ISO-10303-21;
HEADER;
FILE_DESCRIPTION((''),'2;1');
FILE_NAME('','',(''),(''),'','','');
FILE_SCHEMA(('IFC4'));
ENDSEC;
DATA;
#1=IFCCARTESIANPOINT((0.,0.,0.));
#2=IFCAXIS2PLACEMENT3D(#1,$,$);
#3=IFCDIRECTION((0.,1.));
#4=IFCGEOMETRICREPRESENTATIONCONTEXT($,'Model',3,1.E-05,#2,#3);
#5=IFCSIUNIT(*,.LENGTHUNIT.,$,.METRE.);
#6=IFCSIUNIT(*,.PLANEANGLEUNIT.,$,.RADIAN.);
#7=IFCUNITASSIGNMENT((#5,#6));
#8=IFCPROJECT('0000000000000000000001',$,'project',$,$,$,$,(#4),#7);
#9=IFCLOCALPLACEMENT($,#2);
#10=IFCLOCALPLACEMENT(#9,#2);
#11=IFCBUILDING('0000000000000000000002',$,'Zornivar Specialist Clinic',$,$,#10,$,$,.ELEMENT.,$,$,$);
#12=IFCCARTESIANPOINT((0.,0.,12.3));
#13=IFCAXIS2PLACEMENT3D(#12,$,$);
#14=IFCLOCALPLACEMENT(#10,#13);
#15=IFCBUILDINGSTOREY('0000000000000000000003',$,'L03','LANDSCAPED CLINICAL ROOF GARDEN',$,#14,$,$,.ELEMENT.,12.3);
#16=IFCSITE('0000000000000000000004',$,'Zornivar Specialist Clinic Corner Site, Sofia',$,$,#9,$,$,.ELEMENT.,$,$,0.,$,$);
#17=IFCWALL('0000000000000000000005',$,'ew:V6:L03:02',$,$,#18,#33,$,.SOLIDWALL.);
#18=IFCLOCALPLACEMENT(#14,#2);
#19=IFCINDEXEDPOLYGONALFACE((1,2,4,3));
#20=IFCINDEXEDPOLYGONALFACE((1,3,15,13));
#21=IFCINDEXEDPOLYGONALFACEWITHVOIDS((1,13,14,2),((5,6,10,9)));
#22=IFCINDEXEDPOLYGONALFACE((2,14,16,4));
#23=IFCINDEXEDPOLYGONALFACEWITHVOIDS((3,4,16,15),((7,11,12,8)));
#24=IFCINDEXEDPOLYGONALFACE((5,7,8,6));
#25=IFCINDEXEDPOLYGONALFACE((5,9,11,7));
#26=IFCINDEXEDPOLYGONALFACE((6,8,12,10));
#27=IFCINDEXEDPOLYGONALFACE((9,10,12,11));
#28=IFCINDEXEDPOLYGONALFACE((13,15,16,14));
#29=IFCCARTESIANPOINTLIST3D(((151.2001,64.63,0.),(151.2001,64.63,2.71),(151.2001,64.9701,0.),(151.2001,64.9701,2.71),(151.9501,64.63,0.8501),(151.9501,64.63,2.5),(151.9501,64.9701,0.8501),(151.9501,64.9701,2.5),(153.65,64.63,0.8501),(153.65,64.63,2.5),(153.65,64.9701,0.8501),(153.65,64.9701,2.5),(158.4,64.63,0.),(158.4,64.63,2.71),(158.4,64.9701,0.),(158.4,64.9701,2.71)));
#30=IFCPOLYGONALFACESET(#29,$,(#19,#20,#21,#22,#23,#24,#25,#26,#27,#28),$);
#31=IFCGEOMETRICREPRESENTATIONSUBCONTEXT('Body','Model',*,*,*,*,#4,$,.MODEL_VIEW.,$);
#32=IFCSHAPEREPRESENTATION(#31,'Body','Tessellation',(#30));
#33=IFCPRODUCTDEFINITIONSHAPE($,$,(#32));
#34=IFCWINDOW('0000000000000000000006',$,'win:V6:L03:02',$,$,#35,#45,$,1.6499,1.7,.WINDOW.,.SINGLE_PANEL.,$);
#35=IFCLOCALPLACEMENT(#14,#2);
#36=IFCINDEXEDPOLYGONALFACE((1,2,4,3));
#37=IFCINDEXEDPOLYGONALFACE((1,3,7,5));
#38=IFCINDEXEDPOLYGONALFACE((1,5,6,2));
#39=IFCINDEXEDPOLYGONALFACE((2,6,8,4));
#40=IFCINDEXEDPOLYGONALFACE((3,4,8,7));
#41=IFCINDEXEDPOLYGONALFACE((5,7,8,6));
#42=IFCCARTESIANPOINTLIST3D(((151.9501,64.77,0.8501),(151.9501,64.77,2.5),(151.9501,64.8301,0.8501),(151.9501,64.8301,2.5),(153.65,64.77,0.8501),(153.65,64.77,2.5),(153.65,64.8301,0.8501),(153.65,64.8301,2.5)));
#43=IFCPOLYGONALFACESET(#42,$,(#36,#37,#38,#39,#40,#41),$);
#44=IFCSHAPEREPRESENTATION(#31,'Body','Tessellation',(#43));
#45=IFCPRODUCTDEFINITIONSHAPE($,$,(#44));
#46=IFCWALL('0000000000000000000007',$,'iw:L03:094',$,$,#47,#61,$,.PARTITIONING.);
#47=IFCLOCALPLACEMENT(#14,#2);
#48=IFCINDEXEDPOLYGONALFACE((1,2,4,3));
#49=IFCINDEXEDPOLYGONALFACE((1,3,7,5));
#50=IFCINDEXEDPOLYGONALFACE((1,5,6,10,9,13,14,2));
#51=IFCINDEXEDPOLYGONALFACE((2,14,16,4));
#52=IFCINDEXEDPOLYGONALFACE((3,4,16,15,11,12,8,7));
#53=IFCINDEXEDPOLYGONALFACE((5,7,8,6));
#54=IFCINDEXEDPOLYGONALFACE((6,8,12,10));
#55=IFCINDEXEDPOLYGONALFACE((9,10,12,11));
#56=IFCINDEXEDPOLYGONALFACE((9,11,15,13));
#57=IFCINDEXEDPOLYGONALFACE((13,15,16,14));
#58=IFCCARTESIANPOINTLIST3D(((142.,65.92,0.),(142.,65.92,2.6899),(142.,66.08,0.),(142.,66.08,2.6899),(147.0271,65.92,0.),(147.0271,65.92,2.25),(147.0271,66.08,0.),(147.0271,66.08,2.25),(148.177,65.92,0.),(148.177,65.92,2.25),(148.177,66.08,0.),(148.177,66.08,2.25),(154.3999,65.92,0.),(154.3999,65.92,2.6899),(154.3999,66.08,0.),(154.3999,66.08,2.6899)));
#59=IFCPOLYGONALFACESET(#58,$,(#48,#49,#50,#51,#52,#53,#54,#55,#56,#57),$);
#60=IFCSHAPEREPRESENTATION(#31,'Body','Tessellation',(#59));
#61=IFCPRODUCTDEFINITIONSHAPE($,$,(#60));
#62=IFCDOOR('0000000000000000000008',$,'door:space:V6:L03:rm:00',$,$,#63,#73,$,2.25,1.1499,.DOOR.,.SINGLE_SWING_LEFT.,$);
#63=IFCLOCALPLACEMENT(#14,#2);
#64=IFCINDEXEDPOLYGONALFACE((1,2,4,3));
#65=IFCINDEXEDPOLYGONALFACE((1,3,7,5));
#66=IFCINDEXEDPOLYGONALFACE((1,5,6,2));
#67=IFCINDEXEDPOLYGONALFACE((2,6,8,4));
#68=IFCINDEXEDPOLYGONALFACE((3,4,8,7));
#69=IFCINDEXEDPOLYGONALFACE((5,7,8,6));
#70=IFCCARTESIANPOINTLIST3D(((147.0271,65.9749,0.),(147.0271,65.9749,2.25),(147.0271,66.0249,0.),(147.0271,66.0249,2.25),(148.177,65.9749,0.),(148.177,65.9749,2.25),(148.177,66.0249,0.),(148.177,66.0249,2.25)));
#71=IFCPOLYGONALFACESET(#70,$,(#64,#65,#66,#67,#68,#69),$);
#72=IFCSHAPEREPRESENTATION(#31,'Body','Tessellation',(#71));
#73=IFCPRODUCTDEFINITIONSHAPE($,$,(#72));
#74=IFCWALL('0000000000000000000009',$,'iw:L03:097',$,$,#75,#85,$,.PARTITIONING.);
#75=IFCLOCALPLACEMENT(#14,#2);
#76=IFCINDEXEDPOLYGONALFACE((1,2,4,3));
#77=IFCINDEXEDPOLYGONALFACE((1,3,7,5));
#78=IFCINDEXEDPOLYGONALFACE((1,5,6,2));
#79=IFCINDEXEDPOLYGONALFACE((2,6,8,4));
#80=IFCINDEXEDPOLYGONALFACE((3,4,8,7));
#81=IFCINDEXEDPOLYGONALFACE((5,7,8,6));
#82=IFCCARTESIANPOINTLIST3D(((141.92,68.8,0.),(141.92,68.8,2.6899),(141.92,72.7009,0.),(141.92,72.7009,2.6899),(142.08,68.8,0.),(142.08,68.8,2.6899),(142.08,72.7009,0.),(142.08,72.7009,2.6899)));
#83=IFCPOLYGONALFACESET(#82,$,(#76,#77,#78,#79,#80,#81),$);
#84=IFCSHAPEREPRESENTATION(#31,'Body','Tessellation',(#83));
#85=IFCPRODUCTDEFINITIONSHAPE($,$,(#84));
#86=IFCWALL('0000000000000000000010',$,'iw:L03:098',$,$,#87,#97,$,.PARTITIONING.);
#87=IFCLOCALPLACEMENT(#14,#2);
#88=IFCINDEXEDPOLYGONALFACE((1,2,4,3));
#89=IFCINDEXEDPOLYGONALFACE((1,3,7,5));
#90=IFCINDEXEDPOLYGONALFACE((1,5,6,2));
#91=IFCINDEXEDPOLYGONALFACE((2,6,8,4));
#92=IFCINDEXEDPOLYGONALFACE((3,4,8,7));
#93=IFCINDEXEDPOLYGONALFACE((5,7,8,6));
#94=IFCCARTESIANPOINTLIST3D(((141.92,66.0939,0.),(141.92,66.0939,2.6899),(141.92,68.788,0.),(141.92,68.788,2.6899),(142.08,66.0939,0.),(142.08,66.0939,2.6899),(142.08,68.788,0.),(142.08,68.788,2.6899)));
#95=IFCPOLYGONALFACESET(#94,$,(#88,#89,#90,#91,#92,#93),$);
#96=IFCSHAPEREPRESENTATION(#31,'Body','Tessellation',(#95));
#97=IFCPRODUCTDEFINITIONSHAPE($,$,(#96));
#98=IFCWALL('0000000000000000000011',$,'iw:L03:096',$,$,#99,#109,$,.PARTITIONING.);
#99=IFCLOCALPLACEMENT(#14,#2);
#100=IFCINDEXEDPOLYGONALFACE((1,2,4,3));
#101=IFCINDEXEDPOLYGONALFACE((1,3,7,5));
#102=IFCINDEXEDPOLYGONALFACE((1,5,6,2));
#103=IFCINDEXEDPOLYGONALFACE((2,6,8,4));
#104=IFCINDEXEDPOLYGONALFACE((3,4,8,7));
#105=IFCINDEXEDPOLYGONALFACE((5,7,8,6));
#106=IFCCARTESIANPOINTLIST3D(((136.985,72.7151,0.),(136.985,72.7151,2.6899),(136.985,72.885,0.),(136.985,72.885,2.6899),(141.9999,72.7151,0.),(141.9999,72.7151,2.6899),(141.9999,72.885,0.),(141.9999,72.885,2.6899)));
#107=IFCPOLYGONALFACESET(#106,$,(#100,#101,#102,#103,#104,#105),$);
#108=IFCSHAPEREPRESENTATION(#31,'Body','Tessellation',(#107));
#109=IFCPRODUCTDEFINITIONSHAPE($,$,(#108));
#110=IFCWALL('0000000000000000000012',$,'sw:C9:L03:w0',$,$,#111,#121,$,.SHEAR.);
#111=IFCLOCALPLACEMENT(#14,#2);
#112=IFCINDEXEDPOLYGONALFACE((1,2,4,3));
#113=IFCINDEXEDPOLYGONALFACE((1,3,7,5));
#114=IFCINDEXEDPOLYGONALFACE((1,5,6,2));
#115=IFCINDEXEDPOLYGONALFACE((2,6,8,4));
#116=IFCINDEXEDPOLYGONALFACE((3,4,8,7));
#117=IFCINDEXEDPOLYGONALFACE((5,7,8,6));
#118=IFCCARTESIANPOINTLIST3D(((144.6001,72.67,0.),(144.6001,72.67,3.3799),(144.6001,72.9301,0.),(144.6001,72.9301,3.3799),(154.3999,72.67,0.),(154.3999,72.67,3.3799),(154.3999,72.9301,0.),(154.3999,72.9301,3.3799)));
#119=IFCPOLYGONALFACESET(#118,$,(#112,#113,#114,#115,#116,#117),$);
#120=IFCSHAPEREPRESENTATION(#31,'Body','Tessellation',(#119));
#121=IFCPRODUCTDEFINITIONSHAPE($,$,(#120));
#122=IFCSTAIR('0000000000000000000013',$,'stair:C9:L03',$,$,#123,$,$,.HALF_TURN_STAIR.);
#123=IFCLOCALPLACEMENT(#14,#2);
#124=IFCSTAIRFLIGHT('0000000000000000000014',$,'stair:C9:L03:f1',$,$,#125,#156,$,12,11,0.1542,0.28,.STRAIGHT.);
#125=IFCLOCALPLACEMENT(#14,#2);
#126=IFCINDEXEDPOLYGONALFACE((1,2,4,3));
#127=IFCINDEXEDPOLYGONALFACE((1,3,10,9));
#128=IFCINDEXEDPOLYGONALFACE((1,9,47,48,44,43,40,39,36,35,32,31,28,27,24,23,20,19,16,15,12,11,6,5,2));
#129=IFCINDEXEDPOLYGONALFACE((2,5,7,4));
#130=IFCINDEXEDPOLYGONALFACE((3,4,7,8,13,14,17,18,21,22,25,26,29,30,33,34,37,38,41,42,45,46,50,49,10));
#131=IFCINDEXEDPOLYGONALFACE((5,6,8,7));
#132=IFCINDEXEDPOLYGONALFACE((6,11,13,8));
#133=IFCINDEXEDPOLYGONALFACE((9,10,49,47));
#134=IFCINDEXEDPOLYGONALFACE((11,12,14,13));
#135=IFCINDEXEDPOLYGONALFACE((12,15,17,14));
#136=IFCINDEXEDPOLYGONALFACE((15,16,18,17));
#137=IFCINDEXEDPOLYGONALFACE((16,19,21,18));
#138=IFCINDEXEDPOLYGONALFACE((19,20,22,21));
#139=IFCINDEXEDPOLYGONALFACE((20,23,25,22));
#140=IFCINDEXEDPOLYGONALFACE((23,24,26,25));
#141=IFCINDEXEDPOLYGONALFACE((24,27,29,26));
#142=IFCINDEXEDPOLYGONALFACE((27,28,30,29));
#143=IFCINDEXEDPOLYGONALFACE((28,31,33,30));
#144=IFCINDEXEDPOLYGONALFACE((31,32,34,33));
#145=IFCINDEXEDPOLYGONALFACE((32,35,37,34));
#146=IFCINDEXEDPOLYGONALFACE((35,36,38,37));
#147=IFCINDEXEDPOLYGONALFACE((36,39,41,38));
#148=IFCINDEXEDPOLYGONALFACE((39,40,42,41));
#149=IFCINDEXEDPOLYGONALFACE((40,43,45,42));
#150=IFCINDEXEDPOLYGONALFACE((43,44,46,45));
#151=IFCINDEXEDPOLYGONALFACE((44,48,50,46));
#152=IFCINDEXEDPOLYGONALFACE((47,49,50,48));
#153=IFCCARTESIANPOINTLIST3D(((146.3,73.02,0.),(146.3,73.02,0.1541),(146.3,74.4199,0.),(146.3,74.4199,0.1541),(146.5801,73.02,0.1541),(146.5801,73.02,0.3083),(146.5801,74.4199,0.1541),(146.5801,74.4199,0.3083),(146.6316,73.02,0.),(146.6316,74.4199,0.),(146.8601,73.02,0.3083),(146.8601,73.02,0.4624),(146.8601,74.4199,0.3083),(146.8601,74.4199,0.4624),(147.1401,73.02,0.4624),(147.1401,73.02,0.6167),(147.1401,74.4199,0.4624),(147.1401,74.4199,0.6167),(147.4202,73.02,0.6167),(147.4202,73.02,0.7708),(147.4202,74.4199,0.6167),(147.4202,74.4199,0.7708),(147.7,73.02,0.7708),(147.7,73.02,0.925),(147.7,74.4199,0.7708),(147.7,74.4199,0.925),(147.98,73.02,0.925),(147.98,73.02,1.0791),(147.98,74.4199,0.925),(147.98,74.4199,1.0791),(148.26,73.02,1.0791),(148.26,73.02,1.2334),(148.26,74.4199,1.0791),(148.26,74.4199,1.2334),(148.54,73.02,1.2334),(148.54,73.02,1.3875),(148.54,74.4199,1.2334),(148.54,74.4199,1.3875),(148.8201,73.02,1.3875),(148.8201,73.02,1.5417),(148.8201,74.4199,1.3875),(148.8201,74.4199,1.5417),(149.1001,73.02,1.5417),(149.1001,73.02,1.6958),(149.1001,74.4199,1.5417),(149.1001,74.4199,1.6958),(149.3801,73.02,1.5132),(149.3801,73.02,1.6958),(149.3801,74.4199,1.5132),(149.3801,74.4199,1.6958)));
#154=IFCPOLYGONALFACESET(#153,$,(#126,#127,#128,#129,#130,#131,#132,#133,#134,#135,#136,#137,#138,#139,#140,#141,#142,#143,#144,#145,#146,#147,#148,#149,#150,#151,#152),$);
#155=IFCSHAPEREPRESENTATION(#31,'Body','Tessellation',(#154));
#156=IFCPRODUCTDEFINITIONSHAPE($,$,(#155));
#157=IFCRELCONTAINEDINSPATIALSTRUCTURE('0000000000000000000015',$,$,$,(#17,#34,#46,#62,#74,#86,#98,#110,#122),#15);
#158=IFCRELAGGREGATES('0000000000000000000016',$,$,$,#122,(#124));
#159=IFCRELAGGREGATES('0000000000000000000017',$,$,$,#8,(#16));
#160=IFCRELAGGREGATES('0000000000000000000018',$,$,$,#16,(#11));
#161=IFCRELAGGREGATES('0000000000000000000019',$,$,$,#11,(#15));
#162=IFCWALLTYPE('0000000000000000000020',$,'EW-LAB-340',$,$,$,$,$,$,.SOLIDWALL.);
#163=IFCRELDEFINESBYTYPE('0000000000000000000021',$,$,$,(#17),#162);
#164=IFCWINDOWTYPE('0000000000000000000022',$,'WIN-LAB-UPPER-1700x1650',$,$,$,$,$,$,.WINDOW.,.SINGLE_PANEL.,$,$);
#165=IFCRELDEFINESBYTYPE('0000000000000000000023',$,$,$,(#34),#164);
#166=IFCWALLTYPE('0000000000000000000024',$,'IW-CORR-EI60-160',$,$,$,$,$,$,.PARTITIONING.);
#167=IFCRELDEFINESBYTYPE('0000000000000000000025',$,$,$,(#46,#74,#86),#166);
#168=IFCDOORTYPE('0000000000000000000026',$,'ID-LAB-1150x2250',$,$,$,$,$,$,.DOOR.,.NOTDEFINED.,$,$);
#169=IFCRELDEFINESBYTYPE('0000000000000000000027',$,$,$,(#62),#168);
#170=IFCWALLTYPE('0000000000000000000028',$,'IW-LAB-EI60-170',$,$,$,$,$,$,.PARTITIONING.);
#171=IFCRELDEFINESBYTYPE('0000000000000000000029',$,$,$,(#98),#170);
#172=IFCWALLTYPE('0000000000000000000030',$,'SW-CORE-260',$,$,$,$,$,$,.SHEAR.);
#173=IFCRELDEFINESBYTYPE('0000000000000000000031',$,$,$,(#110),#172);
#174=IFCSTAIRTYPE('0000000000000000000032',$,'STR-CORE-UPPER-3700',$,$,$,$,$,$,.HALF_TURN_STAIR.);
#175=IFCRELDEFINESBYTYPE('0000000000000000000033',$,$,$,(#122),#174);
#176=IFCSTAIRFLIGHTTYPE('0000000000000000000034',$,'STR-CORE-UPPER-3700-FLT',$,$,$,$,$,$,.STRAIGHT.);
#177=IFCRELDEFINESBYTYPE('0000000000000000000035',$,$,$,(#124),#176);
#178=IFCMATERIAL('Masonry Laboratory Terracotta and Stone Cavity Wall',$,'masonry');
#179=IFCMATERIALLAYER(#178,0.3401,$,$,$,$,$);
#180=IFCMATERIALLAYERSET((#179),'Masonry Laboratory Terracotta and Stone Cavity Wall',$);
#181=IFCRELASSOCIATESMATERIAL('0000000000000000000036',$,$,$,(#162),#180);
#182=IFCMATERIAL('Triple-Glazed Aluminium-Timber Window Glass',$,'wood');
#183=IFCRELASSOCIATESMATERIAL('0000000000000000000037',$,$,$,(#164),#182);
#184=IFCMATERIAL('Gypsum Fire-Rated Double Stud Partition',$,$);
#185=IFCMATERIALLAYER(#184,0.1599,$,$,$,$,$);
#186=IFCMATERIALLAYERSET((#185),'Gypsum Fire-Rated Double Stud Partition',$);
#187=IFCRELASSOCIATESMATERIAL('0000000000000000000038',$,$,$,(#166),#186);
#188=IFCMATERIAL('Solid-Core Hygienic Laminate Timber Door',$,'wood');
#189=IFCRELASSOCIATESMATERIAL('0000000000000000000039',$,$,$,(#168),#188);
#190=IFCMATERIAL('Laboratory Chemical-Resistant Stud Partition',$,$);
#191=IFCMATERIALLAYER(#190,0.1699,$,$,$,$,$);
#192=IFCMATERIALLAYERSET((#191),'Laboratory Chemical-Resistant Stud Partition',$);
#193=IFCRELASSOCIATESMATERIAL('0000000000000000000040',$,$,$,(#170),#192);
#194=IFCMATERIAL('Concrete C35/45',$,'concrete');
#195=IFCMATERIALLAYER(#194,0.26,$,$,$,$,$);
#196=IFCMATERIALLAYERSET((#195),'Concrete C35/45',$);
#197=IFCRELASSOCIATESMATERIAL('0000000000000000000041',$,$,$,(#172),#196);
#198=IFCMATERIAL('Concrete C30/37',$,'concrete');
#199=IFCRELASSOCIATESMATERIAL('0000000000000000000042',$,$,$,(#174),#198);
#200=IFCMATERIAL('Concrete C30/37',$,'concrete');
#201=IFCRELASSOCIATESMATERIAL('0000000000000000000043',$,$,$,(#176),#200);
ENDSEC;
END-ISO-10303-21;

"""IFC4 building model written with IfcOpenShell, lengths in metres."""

from ifc_helpers import new_model, si_unit, direction, frame, frame_2d, origin, place, context, subcontext, project, spatial, polyline, rectangle, outline, extrude, material, layer, layer_set, type_object, element, fill, aggregate, save


model = new_model("IFC4")

# Units and contexts
model_context = context("Model", 3, precision=1e-05, world=origin(), true_north=direction((0.0, 1.0)))
body_context = subcontext(model_context, "Body", "Model", "MODEL_VIEW")
ifc_project = project(units=[si_unit("LENGTHUNIT", "METRE"), si_unit("PLANEANGLEUNIT", "RADIAN")], contexts=[model_context])

# Site, building, storey
site_placement = place(None, origin())
site = spatial("IfcSite", under=ifc_project, at=site_placement, Name="Zornivar Specialist Clinic Corner Site, Sofia", CompositionType="ELEMENT", RefElevation=0.0)
building_placement = place(site_placement, origin())
building = spatial("IfcBuilding", under=site, at=building_placement, Name="Zornivar Specialist Clinic", CompositionType="ELEMENT")
storey_placement = place(building_placement, frame((0.0, 0.0, 12.3)))
storey = spatial("IfcBuildingStorey", under=building, at=storey_placement, Name="L03", Description="LANDSCAPED CLINICAL ROOF GARDEN", CompositionType="ELEMENT", Elevation=12.3)

# Wall, opening, window
ifc_material_1 = material(Name="Masonry Laboratory Terracotta and Stone Cavity Wall", Category="masonry")
ifc_layer_1 = layer(ifc_material_1, 0.3401)
ifc_layer_set_1 = layer_set([ifc_layer_1], Name="Masonry Laboratory Terracotta and Stone Cavity Wall")
wall_type_1 = type_object("IfcWallType", Name="EW-LAB-340", PredefinedType="SOLIDWALL", material=ifc_layer_set_1)
ifc_material_2 = material(Name="Triple-Glazed Aluminium-Timber Window Glass", Category="wood")
window_type = type_object("IfcWindowType", Name="WIN-LAB-UPPER-1700x1650", PartitioningType="SINGLE_PANEL", PredefinedType="WINDOW", material=ifc_material_2)
wall_1_placement = place(storey_placement, frame((151.2, 64.8, 0.0), z_axis=(0.0, 0.0, 1.0), x_axis=(1.0, 0.0, 0.0)))
wall_1 = element("IfcWall", 1, at=wall_1_placement, inside=storey, type_object=wall_type_1, Name="ew:V6:L03:02", PredefinedType="SOLIDWALL", context=body_context, shape_type="SweptSolid", body=[
    extrude(rectangle(XDim=7.2, YDim=0.3401, at=frame_2d((3.6001, 0.0))), origin(), (0.0, 0.0, 1.0), 2.71),
])
opening_1_placement = place(wall_1_placement, frame((0.75, 0.0, 0.8501)))
opening_1 = element("IfcOpeningElement", 2, at=opening_1_placement, cuts=wall_1, PredefinedType="OPENING", context=body_context, shape_type="SweptSolid", body=[
    extrude(rectangle(XDim=1.7, YDim=1.6499, at=frame_2d((0.8501, 0.825))), frame((0.0, 0.1799, 0.0), z_axis=(0.0, -1.0, 0.0), x_axis=(1.0, 0.0, 0.0)), (0.0, 0.0, 1.0), 0.3601),
])
window_1_placement = place(opening_1_placement, origin())
window_1 = element("IfcWindow", 3, at=window_1_placement, inside=storey, type_object=window_type, Name="win:V6:L03:02", OverallHeight=1.6499, OverallWidth=1.7, PartitioningType="SINGLE_PANEL", PredefinedType="WINDOW", context=body_context, shape_type="SweptSolid", body=[
    extrude(rectangle(XDim=1.7, YDim=1.6499, at=frame_2d((0.8501, 0.825))), frame((0.0, 0.03, 0.0), z_axis=(0.0, -1.0, 0.0), x_axis=(1.0, 0.0, 0.0)), (0.0, 0.0, 1.0), 0.0601),
])
fill(opening_1, window_1)

# Wall, opening, door
ifc_material_3 = material(Name="Gypsum Fire-Rated Double Stud Partition")
ifc_layer_2 = layer(ifc_material_3, 0.1599)
ifc_layer_set_2 = layer_set([ifc_layer_2], Name="Gypsum Fire-Rated Double Stud Partition")
wall_type_2 = type_object("IfcWallType", Name="IW-CORR-EI60-160", PredefinedType="PARTITIONING", material=ifc_layer_set_2)
wall_2_placement = place(storey_placement, frame((142.0, 66.0, 0.0), z_axis=(0.0, 0.0, 1.0), x_axis=(1.0, 0.0, 0.0)))
wall_2 = element("IfcWall", 4, at=wall_2_placement, inside=storey, type_object=wall_type_2, Name="iw:L03:094", PredefinedType="PARTITIONING", context=body_context, shape_type="SweptSolid", body=[
    extrude(rectangle(XDim=12.3999, YDim=0.1599, at=frame_2d((6.2, 0.0))), origin(), (0.0, 0.0, 1.0), 2.6899),
])
opening_2_placement = place(wall_2_placement, frame((5.0271, 0.0, 0.0)))
opening_2 = element("IfcOpeningElement", 5, at=opening_2_placement, cuts=wall_2, PredefinedType="OPENING", context=body_context, shape_type="SweptSolid", body=[
    extrude(rectangle(XDim=1.1499, YDim=2.25, at=frame_2d((0.575, 1.125))), frame((0.0, 0.0898, 0.0), z_axis=(0.0, -1.0, 0.0), x_axis=(1.0, 0.0, 0.0)), (0.0, 0.0, 1.0), 0.1799),
])
ifc_material_4 = material(Name="Solid-Core Hygienic Laminate Timber Door", Category="wood")
door_type = type_object("IfcDoorType", Name="ID-LAB-1150x2250", OperationType="NOTDEFINED", PredefinedType="DOOR", material=ifc_material_4)
door_placement = place(opening_2_placement, origin())
door = element("IfcDoor", 6, at=door_placement, inside=storey, type_object=door_type, Name="door:space:V6:L03:rm:00", OperationType="SINGLE_SWING_LEFT", OverallHeight=2.25, OverallWidth=1.1499, PredefinedType="DOOR", context=body_context, shape_type="SweptSolid", body=[
    extrude(rectangle(XDim=1.1499, YDim=2.25, at=frame_2d((0.575, 1.125))), frame((0.0, 0.0249, 0.0), z_axis=(0.0, -1.0, 0.0), x_axis=(1.0, 0.0, 0.0)), (0.0, 0.0, 1.0), 0.05),
])
fill(opening_2, door)

# Walls
wall_3_placement = place(storey_placement, frame((142.0, 72.7009, 0.0), z_axis=(0.0, 0.0, 1.0), x_axis=(0.0, -1.0, 0.0)))
element("IfcWall", 7, at=wall_3_placement, inside=storey, type_object=wall_type_2, Name="iw:L03:097", PredefinedType="PARTITIONING", context=body_context, shape_type="SweptSolid", body=[
    extrude(rectangle(XDim=3.9009, YDim=0.1599, at=frame_2d((1.9504, 0.0))), origin(), (0.0, 0.0, 1.0), 2.6899),
])
wall_4_placement = place(storey_placement, frame((142.0, 68.7881, 0.0), z_axis=(0.0, 0.0, 1.0), x_axis=(0.0, -1.0, 0.0)))
element("IfcWall", 8, at=wall_4_placement, inside=storey, type_object=wall_type_2, Name="iw:L03:098", PredefinedType="PARTITIONING", context=body_context, shape_type="SweptSolid", body=[
    extrude(rectangle(XDim=2.6941, YDim=0.1599, at=frame_2d((1.3472, 0.0))), origin(), (0.0, 0.0, 1.0), 2.6899),
])
ifc_material_5 = material(Name="Laboratory Chemical-Resistant Stud Partition")
ifc_layer_3 = layer(ifc_material_5, 0.1699)
ifc_layer_set_3 = layer_set([ifc_layer_3], Name="Laboratory Chemical-Resistant Stud Partition")
wall_type_3 = type_object("IfcWallType", Name="IW-LAB-EI60-170", PredefinedType="PARTITIONING", material=ifc_layer_set_3)
wall_5_placement = place(storey_placement, frame((136.9851, 72.8, 0.0), z_axis=(0.0, 0.0, 1.0), x_axis=(1.0, 0.0, 0.0)))
element("IfcWall", 9, at=wall_5_placement, inside=storey, type_object=wall_type_3, Name="iw:L03:096", PredefinedType="PARTITIONING", context=body_context, shape_type="SweptSolid", body=[
    extrude(rectangle(XDim=5.0149, YDim=0.1699, at=frame_2d((2.5073, 0.0))), origin(), (0.0, 0.0, 1.0), 2.6899),
])
ifc_material_6 = material(Name="Concrete C35/45", Category="concrete")
ifc_layer_4 = layer(ifc_material_6, 0.26)
ifc_layer_set_4 = layer_set([ifc_layer_4], Name="Concrete C35/45")
wall_type_4 = type_object("IfcWallType", Name="SW-CORE-260", PredefinedType="SHEAR", material=ifc_layer_set_4)
wall_6_placement = place(storey_placement, frame((144.6001, 72.8, 0.0), z_axis=(0.0, 0.0, 1.0), x_axis=(1.0, 0.0, 0.0)))
element("IfcWall", 10, at=wall_6_placement, inside=storey, type_object=wall_type_4, Name="sw:C9:L03:w0", PredefinedType="SHEAR", context=body_context, shape_type="SweptSolid", body=[
    extrude(rectangle(XDim=9.7998, YDim=0.26, at=frame_2d((4.8999, 0.0))), origin(), (0.0, 0.0, 1.0), 3.3799),
])

# Stair, stair flight
ifc_material_7 = material(Name="Concrete C30/37", Category="concrete")
stair_type = type_object("IfcStairType", Name="STR-CORE-UPPER-3700", PredefinedType="HALF_TURN_STAIR", material=ifc_material_7)
stair_placement = place(storey_placement, origin())
stair = element("IfcStair", 11, at=stair_placement, inside=storey, type_object=stair_type, Name="stair:C9:L03", PredefinedType="HALF_TURN_STAIR")
ifc_material_8 = material(Name="Concrete C30/37", Category="concrete")
stair_flight_type = type_object("IfcStairFlightType", Name="STR-CORE-UPPER-3700-FLT", PredefinedType="STRAIGHT", material=ifc_material_8)
stair_flight_placement = place(storey_placement, frame((146.3, 73.72, 0.0), z_axis=(0.0, 0.0, 1.0), x_axis=(1.0, 0.0, 0.0)))
stair_flight = element("IfcStairFlight", 12, at=stair_flight_placement, type_object=stair_flight_type, Name="stair:C9:L03:f1", NumberOfRisers=12, NumberOfTreads=11, PredefinedType="STRAIGHT", RiserHeight=0.1542, TreadLength=0.28, context=body_context, shape_type="SweptSolid", body=[
    extrude(outline(polyline([(0.0, 0.0), (0.0, 0.1541), (0.28, 0.1541), (0.28, 0.3083), (0.5601, 0.3083), (0.5601, 0.4624), (0.8401, 0.4624), (0.8401, 0.6167), (1.1201, 0.6167), (1.1201, 0.7708), (1.3999, 0.7708), (1.3999, 0.925), (1.6799, 0.925), (1.6799, 1.0791), (1.96, 1.0791), (1.96, 1.2334), (2.24, 1.2334), (2.24, 1.3875), (2.52, 1.3875), (2.52, 1.5417), (2.8, 1.5417), (2.8, 1.6958), (3.0801, 1.6958), (3.0801, 1.8501), (3.0801, 1.5132), (0.3315, 0.0), (0.0, 0.0)])), frame((0.0, 0.7, 0.0), z_axis=(0.0, -1.0, 0.0), x_axis=(1.0, 0.0, 0.0)), (0.0, 0.0, 1.0), 1.3999),
])
aggregate(stair, [stair_flight])

save(model, "model.ifc")
